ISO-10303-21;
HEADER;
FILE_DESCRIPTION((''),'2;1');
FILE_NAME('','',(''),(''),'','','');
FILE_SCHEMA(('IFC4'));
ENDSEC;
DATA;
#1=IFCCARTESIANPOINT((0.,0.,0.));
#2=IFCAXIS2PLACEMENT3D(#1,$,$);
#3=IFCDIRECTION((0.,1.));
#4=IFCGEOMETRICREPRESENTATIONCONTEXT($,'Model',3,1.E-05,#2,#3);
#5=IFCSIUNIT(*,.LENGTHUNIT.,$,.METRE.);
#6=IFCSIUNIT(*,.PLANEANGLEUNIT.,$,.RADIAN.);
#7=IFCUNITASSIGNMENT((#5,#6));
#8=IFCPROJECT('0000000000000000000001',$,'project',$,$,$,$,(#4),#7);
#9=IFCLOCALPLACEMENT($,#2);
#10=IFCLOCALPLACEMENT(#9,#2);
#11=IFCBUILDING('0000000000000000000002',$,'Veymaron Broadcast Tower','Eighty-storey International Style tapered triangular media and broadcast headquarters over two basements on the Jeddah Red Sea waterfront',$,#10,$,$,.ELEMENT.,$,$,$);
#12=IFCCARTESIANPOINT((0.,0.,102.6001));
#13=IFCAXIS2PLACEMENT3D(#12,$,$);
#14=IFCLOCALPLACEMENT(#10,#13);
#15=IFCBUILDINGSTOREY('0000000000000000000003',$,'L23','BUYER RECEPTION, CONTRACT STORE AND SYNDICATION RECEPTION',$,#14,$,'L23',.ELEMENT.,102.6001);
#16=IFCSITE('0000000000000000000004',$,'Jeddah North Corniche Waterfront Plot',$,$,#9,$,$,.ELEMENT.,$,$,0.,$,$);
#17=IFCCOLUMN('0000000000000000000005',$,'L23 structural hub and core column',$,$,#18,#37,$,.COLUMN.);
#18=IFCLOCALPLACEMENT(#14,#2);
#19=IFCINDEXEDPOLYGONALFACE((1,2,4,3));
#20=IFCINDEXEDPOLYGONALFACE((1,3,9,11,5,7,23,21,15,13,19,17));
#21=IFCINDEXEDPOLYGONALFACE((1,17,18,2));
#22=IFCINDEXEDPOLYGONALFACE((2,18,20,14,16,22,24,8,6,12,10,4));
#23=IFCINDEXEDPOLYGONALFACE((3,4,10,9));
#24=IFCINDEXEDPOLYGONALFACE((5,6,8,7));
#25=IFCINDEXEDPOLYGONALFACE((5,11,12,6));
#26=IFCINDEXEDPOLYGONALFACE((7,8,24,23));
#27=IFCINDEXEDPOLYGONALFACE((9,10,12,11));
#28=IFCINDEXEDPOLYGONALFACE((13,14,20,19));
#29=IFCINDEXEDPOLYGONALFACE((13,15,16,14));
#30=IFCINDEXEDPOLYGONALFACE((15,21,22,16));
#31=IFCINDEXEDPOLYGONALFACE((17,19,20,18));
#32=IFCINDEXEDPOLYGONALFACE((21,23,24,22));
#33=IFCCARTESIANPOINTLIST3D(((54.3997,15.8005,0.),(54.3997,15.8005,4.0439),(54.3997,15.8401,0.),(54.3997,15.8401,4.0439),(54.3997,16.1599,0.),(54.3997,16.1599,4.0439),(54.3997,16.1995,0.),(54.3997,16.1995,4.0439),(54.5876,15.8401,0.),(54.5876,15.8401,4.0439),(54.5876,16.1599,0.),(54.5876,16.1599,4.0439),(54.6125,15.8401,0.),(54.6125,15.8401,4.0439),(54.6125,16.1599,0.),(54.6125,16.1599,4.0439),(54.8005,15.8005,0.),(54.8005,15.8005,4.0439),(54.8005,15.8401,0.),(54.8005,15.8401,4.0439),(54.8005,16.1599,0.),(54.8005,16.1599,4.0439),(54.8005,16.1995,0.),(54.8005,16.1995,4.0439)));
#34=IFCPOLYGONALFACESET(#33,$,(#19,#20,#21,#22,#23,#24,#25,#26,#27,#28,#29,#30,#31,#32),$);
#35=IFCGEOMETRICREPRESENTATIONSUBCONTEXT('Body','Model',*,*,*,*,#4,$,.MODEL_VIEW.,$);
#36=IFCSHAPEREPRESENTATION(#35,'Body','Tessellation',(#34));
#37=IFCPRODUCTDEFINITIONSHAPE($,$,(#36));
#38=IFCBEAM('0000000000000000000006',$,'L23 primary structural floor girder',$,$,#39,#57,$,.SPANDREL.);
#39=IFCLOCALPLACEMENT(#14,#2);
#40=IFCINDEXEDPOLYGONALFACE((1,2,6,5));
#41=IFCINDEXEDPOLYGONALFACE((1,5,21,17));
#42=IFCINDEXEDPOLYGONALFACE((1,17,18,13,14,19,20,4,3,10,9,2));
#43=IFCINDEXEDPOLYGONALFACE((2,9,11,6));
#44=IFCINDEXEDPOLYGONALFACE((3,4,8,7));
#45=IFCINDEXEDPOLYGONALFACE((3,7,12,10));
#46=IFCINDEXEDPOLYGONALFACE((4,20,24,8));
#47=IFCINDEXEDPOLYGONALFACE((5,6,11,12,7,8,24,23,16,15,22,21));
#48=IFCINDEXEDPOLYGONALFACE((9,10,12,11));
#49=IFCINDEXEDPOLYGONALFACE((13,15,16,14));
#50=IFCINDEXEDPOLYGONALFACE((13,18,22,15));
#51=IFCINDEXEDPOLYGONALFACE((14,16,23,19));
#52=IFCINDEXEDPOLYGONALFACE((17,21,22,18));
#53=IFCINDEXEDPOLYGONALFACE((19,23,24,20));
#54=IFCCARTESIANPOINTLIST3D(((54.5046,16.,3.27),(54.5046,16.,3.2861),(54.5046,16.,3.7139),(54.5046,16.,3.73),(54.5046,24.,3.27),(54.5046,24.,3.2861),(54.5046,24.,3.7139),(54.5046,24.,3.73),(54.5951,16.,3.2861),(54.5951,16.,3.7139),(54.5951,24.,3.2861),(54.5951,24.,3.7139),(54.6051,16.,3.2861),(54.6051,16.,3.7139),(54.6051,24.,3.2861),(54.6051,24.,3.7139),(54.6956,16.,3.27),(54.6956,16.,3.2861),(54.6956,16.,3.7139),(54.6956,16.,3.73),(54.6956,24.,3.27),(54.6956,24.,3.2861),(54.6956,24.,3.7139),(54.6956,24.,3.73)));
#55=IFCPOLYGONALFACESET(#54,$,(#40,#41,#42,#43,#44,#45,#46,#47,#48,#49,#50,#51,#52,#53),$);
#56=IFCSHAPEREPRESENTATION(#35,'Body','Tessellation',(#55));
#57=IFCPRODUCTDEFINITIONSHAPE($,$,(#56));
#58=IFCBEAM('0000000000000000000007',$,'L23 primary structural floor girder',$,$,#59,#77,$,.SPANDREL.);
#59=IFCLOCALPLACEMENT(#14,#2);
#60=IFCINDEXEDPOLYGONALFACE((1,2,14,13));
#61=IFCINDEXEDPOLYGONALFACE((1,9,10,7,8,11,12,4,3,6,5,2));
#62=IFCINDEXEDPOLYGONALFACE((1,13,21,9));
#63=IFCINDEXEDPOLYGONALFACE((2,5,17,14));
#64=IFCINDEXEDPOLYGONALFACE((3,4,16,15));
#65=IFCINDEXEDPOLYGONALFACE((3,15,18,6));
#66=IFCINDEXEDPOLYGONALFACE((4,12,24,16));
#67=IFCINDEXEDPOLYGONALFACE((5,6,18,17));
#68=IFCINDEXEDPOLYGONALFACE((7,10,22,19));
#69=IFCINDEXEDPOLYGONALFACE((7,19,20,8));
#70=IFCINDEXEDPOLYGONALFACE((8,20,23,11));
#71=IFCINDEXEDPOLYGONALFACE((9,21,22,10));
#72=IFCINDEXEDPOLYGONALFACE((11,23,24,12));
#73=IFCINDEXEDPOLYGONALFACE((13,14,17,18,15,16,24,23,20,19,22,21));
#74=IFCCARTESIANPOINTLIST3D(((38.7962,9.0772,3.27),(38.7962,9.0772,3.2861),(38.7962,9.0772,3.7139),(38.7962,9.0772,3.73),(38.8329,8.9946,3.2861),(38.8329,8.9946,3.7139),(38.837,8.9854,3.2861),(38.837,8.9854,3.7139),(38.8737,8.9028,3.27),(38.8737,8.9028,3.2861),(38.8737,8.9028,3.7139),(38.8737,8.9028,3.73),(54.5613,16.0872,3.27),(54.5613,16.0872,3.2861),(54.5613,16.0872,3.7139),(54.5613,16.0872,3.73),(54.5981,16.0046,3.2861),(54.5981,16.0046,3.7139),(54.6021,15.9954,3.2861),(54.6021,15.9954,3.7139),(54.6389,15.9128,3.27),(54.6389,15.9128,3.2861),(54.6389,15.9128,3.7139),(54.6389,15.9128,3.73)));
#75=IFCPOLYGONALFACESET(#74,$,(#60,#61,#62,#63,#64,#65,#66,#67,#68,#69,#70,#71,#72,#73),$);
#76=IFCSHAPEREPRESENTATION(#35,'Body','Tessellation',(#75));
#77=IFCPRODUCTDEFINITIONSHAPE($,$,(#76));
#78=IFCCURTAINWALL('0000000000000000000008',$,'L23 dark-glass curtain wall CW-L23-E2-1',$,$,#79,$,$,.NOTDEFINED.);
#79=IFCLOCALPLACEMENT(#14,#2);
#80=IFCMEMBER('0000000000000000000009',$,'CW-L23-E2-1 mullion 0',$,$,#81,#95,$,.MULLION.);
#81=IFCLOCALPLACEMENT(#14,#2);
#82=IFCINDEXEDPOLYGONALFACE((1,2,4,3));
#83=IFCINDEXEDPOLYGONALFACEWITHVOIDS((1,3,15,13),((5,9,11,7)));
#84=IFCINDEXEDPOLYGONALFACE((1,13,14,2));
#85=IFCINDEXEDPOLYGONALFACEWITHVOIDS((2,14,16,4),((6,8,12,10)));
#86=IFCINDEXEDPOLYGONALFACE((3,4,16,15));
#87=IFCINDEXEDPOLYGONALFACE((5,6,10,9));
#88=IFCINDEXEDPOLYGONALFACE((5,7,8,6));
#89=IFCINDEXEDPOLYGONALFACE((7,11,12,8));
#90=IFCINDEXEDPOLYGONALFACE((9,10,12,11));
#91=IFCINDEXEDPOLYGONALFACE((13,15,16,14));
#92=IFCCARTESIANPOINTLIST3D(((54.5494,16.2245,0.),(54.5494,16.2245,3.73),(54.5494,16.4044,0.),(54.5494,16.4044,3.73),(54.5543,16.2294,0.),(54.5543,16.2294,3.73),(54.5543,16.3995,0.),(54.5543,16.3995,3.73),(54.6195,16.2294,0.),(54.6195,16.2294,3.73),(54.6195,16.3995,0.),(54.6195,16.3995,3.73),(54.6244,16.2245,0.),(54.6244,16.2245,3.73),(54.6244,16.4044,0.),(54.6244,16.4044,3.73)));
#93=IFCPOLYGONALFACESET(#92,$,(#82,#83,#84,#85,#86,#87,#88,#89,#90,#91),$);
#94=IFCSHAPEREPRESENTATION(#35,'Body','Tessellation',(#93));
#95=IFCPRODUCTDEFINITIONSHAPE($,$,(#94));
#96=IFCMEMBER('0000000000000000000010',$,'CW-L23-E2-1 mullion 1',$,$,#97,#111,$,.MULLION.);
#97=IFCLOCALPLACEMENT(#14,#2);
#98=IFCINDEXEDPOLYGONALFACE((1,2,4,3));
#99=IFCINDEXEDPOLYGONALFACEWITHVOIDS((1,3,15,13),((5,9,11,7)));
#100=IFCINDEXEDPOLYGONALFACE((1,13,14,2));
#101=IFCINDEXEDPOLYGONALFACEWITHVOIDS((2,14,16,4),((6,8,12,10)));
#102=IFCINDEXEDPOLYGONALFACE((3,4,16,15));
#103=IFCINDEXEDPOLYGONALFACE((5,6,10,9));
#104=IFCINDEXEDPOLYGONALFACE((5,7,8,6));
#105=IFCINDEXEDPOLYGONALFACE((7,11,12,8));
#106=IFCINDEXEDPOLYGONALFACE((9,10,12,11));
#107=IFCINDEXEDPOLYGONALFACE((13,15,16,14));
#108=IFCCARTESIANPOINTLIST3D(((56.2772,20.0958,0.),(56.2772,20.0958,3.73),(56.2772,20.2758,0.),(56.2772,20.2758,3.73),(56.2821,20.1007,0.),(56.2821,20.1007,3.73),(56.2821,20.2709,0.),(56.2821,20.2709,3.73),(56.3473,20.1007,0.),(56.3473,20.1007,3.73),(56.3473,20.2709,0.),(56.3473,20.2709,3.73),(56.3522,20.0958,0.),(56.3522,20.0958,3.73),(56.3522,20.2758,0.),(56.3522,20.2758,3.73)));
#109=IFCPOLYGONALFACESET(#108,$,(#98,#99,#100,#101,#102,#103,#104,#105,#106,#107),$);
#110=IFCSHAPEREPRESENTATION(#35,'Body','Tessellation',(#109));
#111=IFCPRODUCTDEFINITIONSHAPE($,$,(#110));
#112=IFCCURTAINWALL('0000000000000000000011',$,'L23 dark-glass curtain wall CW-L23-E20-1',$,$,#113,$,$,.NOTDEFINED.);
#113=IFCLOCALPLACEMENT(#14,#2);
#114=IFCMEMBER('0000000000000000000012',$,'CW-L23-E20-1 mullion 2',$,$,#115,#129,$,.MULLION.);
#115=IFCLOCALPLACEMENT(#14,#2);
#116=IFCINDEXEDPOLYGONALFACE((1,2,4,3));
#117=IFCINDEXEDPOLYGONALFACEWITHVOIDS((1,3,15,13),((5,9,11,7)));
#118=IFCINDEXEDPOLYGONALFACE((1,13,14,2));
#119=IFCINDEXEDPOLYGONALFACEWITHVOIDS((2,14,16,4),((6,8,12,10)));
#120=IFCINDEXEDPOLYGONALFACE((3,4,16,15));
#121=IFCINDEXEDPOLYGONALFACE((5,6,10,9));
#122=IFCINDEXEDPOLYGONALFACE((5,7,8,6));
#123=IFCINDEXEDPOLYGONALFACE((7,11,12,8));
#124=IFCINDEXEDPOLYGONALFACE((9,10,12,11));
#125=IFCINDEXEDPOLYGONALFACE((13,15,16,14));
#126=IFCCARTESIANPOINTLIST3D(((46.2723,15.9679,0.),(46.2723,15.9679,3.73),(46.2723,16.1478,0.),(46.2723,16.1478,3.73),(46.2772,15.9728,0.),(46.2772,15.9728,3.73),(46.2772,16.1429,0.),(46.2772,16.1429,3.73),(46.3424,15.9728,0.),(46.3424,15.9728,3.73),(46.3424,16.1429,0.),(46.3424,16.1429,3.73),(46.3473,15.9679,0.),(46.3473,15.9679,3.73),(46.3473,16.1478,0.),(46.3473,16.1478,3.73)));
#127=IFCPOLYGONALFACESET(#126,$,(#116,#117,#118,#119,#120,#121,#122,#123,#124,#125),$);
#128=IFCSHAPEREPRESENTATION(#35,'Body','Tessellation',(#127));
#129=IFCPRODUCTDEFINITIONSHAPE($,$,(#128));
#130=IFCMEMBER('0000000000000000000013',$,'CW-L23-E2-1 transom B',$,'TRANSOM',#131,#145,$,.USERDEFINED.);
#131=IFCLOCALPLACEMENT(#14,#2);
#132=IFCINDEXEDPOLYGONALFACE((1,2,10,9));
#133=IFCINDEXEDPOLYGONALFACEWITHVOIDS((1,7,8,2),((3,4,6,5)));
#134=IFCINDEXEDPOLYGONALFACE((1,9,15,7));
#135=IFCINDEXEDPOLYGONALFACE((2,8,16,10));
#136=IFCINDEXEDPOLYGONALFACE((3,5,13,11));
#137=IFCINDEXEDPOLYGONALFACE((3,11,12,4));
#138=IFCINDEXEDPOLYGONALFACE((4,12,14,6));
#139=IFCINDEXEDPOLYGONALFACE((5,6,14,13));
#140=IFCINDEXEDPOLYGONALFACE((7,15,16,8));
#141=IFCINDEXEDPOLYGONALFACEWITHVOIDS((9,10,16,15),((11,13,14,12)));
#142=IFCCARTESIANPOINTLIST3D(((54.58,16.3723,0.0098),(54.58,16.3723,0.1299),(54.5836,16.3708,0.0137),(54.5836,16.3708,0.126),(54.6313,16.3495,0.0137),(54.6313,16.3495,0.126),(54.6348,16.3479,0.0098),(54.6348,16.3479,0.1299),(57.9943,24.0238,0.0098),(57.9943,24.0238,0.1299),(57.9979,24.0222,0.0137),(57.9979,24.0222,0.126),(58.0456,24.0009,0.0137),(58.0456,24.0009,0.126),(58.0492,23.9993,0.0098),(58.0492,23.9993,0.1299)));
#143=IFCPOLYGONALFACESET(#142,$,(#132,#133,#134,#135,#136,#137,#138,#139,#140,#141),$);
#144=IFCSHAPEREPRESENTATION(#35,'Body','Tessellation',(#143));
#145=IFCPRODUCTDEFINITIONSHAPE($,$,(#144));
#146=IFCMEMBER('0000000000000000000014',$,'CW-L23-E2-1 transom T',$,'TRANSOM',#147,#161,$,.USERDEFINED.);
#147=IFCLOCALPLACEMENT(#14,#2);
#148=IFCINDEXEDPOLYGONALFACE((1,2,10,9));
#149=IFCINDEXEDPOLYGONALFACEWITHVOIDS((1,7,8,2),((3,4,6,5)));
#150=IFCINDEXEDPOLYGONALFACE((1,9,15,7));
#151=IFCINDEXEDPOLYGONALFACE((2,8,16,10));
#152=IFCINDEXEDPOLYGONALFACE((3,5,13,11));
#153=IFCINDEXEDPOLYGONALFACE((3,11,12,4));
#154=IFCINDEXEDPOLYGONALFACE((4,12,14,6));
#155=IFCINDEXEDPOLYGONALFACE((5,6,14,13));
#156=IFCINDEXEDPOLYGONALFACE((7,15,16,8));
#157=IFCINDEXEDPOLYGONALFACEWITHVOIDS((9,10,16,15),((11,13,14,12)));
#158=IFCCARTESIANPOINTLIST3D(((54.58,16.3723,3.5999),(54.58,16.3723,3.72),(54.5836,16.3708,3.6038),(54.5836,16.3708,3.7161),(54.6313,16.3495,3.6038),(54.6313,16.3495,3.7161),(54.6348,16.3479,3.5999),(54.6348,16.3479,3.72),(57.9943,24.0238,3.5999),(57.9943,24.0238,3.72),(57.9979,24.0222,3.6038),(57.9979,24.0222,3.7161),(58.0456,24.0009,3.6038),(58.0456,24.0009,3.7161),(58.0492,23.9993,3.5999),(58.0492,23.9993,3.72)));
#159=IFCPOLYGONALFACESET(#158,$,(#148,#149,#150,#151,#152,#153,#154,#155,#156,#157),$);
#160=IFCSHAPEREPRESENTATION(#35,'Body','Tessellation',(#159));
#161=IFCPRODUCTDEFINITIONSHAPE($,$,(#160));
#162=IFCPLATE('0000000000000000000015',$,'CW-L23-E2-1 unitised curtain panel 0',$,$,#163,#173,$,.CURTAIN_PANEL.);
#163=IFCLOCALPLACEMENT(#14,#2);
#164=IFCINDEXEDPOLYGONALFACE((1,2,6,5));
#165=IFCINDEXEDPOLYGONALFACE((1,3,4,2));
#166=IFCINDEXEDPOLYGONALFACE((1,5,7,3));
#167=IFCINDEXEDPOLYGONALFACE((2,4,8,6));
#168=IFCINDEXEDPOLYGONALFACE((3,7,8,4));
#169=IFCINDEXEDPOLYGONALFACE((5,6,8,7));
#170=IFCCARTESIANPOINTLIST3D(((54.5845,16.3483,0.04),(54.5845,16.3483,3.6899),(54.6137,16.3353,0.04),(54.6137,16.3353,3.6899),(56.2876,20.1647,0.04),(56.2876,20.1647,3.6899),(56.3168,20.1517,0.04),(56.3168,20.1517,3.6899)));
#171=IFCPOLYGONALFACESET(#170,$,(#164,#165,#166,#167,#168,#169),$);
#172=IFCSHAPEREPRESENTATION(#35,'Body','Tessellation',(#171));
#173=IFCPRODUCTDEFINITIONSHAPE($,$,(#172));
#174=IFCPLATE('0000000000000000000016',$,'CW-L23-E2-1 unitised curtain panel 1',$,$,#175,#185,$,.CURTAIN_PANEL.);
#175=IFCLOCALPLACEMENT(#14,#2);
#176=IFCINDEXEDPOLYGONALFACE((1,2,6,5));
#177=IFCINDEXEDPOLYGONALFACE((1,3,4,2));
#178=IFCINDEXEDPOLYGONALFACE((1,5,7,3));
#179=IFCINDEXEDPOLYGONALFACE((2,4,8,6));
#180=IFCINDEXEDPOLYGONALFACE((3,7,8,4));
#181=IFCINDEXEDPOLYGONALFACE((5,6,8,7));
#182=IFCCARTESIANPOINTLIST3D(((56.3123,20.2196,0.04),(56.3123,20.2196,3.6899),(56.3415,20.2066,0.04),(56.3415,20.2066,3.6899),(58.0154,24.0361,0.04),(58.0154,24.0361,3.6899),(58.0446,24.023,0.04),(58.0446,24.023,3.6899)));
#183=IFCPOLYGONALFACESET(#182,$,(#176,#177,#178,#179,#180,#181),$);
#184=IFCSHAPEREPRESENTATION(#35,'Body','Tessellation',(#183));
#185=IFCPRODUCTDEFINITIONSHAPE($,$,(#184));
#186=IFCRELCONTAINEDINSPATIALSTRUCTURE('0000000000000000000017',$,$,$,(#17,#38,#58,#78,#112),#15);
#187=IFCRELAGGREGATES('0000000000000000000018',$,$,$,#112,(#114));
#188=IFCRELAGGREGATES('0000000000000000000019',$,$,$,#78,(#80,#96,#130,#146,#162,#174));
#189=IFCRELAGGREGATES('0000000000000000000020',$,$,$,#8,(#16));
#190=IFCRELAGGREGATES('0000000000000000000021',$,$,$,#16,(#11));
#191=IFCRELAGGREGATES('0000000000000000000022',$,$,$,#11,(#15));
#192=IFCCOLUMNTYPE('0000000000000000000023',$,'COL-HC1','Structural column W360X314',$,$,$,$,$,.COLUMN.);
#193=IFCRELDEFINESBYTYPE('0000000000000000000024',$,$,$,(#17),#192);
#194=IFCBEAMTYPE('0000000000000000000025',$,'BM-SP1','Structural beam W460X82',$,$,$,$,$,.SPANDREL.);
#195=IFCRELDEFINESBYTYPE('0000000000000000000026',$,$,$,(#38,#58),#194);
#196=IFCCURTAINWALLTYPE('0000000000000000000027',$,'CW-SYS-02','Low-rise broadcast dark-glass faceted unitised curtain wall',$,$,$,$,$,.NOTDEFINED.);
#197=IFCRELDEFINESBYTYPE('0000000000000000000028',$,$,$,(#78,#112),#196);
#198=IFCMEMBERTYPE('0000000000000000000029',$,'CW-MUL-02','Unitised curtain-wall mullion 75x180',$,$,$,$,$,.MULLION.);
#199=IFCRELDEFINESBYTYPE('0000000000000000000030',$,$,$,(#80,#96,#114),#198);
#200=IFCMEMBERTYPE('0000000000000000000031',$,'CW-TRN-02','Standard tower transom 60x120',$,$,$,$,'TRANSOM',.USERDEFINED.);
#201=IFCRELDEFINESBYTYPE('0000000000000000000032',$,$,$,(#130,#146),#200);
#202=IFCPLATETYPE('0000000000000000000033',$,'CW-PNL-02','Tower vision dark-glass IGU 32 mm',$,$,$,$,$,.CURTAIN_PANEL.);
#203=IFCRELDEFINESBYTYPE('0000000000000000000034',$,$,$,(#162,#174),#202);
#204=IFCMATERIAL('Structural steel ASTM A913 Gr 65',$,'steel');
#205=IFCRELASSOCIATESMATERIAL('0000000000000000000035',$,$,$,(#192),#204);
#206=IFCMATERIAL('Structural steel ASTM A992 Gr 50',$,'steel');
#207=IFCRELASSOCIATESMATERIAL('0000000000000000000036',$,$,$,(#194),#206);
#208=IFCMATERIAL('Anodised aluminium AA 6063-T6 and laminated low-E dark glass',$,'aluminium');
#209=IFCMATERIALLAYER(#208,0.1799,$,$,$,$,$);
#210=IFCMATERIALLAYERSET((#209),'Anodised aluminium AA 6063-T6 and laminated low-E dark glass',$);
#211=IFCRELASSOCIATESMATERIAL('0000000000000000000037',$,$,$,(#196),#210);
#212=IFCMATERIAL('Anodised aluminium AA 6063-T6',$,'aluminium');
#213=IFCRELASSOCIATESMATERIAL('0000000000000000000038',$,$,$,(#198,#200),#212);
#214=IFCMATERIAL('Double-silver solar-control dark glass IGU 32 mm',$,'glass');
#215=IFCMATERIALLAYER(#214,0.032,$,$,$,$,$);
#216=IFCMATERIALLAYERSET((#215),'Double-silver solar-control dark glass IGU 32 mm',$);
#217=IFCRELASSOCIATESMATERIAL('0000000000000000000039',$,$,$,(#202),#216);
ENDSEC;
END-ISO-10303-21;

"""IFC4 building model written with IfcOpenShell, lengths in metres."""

from ifc_helpers import new_model, si_unit, direction, frame, origin, origin_2d, place, context, subcontext, project, spatial, rectangle, hollow_rectangle, i_section, extrude, material, layer, layer_set, material_profile, profile_set, type_object, element, aggregate, save


model = new_model("IFC4")

# Units and contexts
model_context = context("Model", 3, precision=1e-05, world=origin(), true_north=direction((0.0, 1.0)))
body_context = subcontext(model_context, "Body", "Model", "MODEL_VIEW")
ifc_project = project(units=[si_unit("LENGTHUNIT", "METRE"), si_unit("PLANEANGLEUNIT", "RADIAN")], contexts=[model_context])

# Site, building, storey
site_placement = place(None, origin())
site = spatial("IfcSite", under=ifc_project, at=site_placement, Name="Jeddah North Corniche Waterfront Plot", CompositionType="ELEMENT", RefElevation=0.0)
building_placement = place(site_placement, origin())
building = spatial("IfcBuilding", under=site, at=building_placement, Name="Veymaron Broadcast Tower", Description="Eighty-storey International Style tapered triangular media and broadcast headquarters over two basements on the Jeddah Red Sea waterfront", CompositionType="ELEMENT")
storey_placement = place(building_placement, frame((0.0, 0.0, 102.6001)))
storey = spatial("IfcBuildingStorey", under=building, at=storey_placement, Name="L23", Description="BUYER RECEPTION, CONTRACT STORE AND SYNDICATION RECEPTION", LongName="L23", CompositionType="ELEMENT", Elevation=102.6001)

# Column
ifc_material_1 = material(Name="Structural steel ASTM A913 Gr 65", Category="steel")
ifc_material_profile_1 = material_profile(ifc_material_1, i_section(OverallWidth=0.4009, OverallDepth=0.3989, WebThickness=0.0249, FlangeThickness=0.0396, at=origin_2d()), Name="W360X314")
ifc_profile_set_1 = profile_set([ifc_material_profile_1], Name="Structural steel ASTM A913 Gr 65")
column_type = type_object("IfcColumnType", Name="COL-HC1", Description="Structural column W360X314", PredefinedType="COLUMN", material=ifc_profile_set_1)
column_placement = place(storey_placement, frame((54.6001, 16.0, 0.0), z_axis=(0.0, 0.0, 1.0), x_axis=(1.0, 0.0, 0.0)))
element("IfcColumn", 1, at=column_placement, inside=storey, type_object=column_type, Name="L23 structural hub and core column", PredefinedType="COLUMN", context=body_context, shape_type="SweptSolid", body=[
    extrude(i_section(OverallWidth=0.4009, OverallDepth=0.3989, WebThickness=0.0249, FlangeThickness=0.0396, at=origin_2d()), origin(), (0.0, 0.0, 1.0), 4.0439),
])

# Beams
ifc_material_2 = material(Name="Structural steel ASTM A992 Gr 50", Category="steel")
ifc_material_profile_2 = material_profile(ifc_material_2, i_section(OverallWidth=0.1909, OverallDepth=0.46, WebThickness=0.01, FlangeThickness=0.0161, at=origin_2d()), Name="W460X82")
ifc_profile_set_2 = profile_set([ifc_material_profile_2], Name="Structural steel ASTM A992 Gr 50")
beam_type = type_object("IfcBeamType", Name="BM-SP1", Description="Structural beam W460X82", PredefinedType="SPANDREL", material=ifc_profile_set_2)
beam_1_placement = place(storey_placement, frame((54.6001, 16.0, 3.5), z_axis=(0.0, 1.0, 0.0), x_axis=(-1.0, 0.0, 0.0)))
element("IfcBeam", 2, at=beam_1_placement, inside=storey, type_object=beam_type, Name="L23 primary structural floor girder", PredefinedType="SPANDREL", context=body_context, shape_type="SweptSolid", body=[
    extrude(i_section(OverallWidth=0.1909, OverallDepth=0.46, WebThickness=0.01, FlangeThickness=0.0161, at=origin_2d()), origin(), (0.0, 0.0, 1.0), 8.0),
])
beam_2_placement = place(storey_placement, frame((54.6001, 16.0, 3.5), z_axis=(-0.913741, -0.406297, 0.0), x_axis=(0.406297, -0.913741, 0.0)))
element("IfcBeam", 3, at=beam_2_placement, inside=storey, type_object=beam_type, Name="L23 primary structural floor girder", PredefinedType="SPANDREL", context=body_context, shape_type="SweptSolid", body=[
    extrude(i_section(OverallWidth=0.1909, OverallDepth=0.46, WebThickness=0.01, FlangeThickness=0.0161, at=origin_2d()), origin(), (0.0, 0.0, 1.0), 17.2534),
])

# Curtain wall, members
ifc_material_3 = material(Name="Anodised aluminium AA 6063-T6 and laminated low-E dark glass", Category="aluminium")
ifc_layer_1 = layer(ifc_material_3, 0.1799)
ifc_layer_set_1 = layer_set([ifc_layer_1], Name="Anodised aluminium AA 6063-T6 and laminated low-E dark glass")
curtain_wall_type = type_object("IfcCurtainWallType", Name="CW-SYS-02", Description="Low-rise broadcast dark-glass faceted unitised curtain wall", PredefinedType="NOTDEFINED", material=ifc_layer_set_1)
curtain_wall_1_placement = place(storey_placement, origin())
curtain_wall_1 = element("IfcCurtainWall", 4, at=curtain_wall_1_placement, inside=storey, type_object=curtain_wall_type, Name="L23 dark-glass curtain wall CW-L23-E2-1", PredefinedType="NOTDEFINED")
ifc_material_4 = material(Name="Anodised aluminium AA 6063-T6", Category="aluminium")
ifc_material_profile_3 = material_profile(ifc_material_4, hollow_rectangle(XDim=0.075, YDim=0.1799, WallThickness=0.0049, at=origin_2d()), Name="AL180X75X5")
ifc_profile_set_3 = profile_set([ifc_material_profile_3], Name="Anodised aluminium AA 6063-T6")
member_type_1 = type_object("IfcMemberType", Name="CW-MUL-02", Description="Unitised curtain-wall mullion 75x180", PredefinedType="MULLION", material=ifc_profile_set_3)
member_1_placement = place(storey_placement, frame((54.5869, 16.3145, 0.0), z_axis=(0.0, 0.0, 1.0), x_axis=(1.0, 0.0, 0.0)))
member_1 = element("IfcMember", 5, at=member_1_placement, type_object=member_type_1, Name="CW-L23-E2-1 mullion 0", PredefinedType="MULLION", context=body_context, shape_type="SweptSolid", body=[
    extrude(hollow_rectangle(XDim=0.075, YDim=0.1799, WallThickness=0.0049, at=origin_2d()), origin(), (0.0, 0.0, 1.0), 3.73),
])
member_2_placement = place(storey_placement, frame((56.3147, 20.1858, 0.0), z_axis=(0.0, 0.0, 1.0), x_axis=(1.0, 0.0, 0.0)))
member_2 = element("IfcMember", 6, at=member_2_placement, type_object=member_type_1, Name="CW-L23-E2-1 mullion 1", PredefinedType="MULLION", context=body_context, shape_type="SweptSolid", body=[
    extrude(hollow_rectangle(XDim=0.075, YDim=0.1799, WallThickness=0.0049, at=origin_2d()), origin(), (0.0, 0.0, 1.0), 3.73),
])

# Curtain wall, member
curtain_wall_2_placement = place(storey_placement, origin())
curtain_wall_2 = element("IfcCurtainWall", 7, at=curtain_wall_2_placement, inside=storey, type_object=curtain_wall_type, Name="L23 dark-glass curtain wall CW-L23-E20-1", PredefinedType="NOTDEFINED")
member_3_placement = place(storey_placement, frame((46.3098, 16.0579, 0.0), z_axis=(0.0, 0.0, 1.0), x_axis=(1.0, 0.0, 0.0)))
member_3 = element("IfcMember", 8, at=member_3_placement, type_object=member_type_1, Name="CW-L23-E20-1 mullion 2", PredefinedType="MULLION", context=body_context, shape_type="SweptSolid", body=[
    extrude(hollow_rectangle(XDim=0.075, YDim=0.1799, WallThickness=0.0049, at=origin_2d()), origin(), (0.0, 0.0, 1.0), 3.73),
])
aggregate(curtain_wall_2, [member_3])

# Members
ifc_material_profile_4 = material_profile(ifc_material_4, hollow_rectangle(XDim=0.0601, YDim=0.1201, WallThickness=0.0039, at=origin_2d()), Name="AL120X60X4")
ifc_profile_set_4 = profile_set([ifc_material_profile_4], Name="Anodised aluminium AA 6063-T6")
member_type_2 = type_object("IfcMemberType", Name="CW-TRN-02", Description="Standard tower transom 60x120", ElementType="TRANSOM", PredefinedType="USERDEFINED", material=ifc_profile_set_4)
member_4_placement = place(storey_placement, frame((54.6074, 16.3601, 0.0698), z_axis=(0.407503, 0.913204, 0.0), x_axis=(-0.913204, 0.407503, 0.0)))
member_4 = element("IfcMember", 9, at=member_4_placement, type_object=member_type_2, Name="CW-L23-E2-1 transom B", ObjectType="TRANSOM", PredefinedType="USERDEFINED", context=body_context, shape_type="SweptSolid", body=[
    extrude(hollow_rectangle(XDim=0.0601, YDim=0.1201, WallThickness=0.0039, at=origin_2d()), origin(), (0.0, 0.0, 1.0), 8.3787),
])
member_5_placement = place(storey_placement, frame((54.6074, 16.3601, 3.6599), z_axis=(0.407503, 0.913204, 0.0), x_axis=(-0.913204, 0.407503, 0.0)))
member_5 = element("IfcMember", 10, at=member_5_placement, type_object=member_type_2, Name="CW-L23-E2-1 transom T", ObjectType="TRANSOM", PredefinedType="USERDEFINED", context=body_context, shape_type="SweptSolid", body=[
    extrude(hollow_rectangle(XDim=0.0601, YDim=0.1201, WallThickness=0.0039, at=origin_2d()), origin(), (0.0, 0.0, 1.0), 8.3787),
])

# Plates
ifc_material_5 = material(Name="Double-silver solar-control dark glass IGU 32 mm", Category="glass")
ifc_layer_2 = layer(ifc_material_5, 0.032)
ifc_layer_set_2 = layer_set([ifc_layer_2], Name="Double-silver solar-control dark glass IGU 32 mm")
plate_type_1 = type_object("IfcPlateType", Name="CW-PNL-02", Description="Tower vision dark-glass IGU 32 mm", PredefinedType="CURTAIN_PANEL", material=ifc_layer_set_2)
plate_1_placement = place(storey_placement, frame((55.4507, 18.25, 0.04), z_axis=(0.0, 0.0, 1.0), x_axis=(0.407518, 0.913197, 0.0)))
plate_1 = element("IfcPlate", 11, at=plate_1_placement, type_object=plate_type_1, Name="CW-L23-E2-1 unitised curtain panel 0", PredefinedType="CURTAIN_PANEL", context=body_context, shape_type="SweptSolid", body=[
    extrude(rectangle(XDim=4.1792, YDim=0.032, at=origin_2d()), origin(), (0.0, 0.0, 1.0), 3.6499),
])
plate_2_placement = place(storey_placement, frame((57.1785, 22.1213, 0.04), z_axis=(0.0, 0.0, 1.0), x_axis=(0.407518, 0.913197, 0.0)))
plate_2 = element("IfcPlate", 12, at=plate_2_placement, type_object=plate_type_1, Name="CW-L23-E2-1 unitised curtain panel 1", PredefinedType="CURTAIN_PANEL", context=body_context, shape_type="SweptSolid", body=[
    extrude(rectangle(XDim=4.1792, YDim=0.032, at=origin_2d()), origin(), (0.0, 0.0, 1.0), 3.6499),
])
aggregate(curtain_wall_1, [member_1, member_2, member_4, member_5, plate_1, plate_2])

save(model, "model.ifc")
